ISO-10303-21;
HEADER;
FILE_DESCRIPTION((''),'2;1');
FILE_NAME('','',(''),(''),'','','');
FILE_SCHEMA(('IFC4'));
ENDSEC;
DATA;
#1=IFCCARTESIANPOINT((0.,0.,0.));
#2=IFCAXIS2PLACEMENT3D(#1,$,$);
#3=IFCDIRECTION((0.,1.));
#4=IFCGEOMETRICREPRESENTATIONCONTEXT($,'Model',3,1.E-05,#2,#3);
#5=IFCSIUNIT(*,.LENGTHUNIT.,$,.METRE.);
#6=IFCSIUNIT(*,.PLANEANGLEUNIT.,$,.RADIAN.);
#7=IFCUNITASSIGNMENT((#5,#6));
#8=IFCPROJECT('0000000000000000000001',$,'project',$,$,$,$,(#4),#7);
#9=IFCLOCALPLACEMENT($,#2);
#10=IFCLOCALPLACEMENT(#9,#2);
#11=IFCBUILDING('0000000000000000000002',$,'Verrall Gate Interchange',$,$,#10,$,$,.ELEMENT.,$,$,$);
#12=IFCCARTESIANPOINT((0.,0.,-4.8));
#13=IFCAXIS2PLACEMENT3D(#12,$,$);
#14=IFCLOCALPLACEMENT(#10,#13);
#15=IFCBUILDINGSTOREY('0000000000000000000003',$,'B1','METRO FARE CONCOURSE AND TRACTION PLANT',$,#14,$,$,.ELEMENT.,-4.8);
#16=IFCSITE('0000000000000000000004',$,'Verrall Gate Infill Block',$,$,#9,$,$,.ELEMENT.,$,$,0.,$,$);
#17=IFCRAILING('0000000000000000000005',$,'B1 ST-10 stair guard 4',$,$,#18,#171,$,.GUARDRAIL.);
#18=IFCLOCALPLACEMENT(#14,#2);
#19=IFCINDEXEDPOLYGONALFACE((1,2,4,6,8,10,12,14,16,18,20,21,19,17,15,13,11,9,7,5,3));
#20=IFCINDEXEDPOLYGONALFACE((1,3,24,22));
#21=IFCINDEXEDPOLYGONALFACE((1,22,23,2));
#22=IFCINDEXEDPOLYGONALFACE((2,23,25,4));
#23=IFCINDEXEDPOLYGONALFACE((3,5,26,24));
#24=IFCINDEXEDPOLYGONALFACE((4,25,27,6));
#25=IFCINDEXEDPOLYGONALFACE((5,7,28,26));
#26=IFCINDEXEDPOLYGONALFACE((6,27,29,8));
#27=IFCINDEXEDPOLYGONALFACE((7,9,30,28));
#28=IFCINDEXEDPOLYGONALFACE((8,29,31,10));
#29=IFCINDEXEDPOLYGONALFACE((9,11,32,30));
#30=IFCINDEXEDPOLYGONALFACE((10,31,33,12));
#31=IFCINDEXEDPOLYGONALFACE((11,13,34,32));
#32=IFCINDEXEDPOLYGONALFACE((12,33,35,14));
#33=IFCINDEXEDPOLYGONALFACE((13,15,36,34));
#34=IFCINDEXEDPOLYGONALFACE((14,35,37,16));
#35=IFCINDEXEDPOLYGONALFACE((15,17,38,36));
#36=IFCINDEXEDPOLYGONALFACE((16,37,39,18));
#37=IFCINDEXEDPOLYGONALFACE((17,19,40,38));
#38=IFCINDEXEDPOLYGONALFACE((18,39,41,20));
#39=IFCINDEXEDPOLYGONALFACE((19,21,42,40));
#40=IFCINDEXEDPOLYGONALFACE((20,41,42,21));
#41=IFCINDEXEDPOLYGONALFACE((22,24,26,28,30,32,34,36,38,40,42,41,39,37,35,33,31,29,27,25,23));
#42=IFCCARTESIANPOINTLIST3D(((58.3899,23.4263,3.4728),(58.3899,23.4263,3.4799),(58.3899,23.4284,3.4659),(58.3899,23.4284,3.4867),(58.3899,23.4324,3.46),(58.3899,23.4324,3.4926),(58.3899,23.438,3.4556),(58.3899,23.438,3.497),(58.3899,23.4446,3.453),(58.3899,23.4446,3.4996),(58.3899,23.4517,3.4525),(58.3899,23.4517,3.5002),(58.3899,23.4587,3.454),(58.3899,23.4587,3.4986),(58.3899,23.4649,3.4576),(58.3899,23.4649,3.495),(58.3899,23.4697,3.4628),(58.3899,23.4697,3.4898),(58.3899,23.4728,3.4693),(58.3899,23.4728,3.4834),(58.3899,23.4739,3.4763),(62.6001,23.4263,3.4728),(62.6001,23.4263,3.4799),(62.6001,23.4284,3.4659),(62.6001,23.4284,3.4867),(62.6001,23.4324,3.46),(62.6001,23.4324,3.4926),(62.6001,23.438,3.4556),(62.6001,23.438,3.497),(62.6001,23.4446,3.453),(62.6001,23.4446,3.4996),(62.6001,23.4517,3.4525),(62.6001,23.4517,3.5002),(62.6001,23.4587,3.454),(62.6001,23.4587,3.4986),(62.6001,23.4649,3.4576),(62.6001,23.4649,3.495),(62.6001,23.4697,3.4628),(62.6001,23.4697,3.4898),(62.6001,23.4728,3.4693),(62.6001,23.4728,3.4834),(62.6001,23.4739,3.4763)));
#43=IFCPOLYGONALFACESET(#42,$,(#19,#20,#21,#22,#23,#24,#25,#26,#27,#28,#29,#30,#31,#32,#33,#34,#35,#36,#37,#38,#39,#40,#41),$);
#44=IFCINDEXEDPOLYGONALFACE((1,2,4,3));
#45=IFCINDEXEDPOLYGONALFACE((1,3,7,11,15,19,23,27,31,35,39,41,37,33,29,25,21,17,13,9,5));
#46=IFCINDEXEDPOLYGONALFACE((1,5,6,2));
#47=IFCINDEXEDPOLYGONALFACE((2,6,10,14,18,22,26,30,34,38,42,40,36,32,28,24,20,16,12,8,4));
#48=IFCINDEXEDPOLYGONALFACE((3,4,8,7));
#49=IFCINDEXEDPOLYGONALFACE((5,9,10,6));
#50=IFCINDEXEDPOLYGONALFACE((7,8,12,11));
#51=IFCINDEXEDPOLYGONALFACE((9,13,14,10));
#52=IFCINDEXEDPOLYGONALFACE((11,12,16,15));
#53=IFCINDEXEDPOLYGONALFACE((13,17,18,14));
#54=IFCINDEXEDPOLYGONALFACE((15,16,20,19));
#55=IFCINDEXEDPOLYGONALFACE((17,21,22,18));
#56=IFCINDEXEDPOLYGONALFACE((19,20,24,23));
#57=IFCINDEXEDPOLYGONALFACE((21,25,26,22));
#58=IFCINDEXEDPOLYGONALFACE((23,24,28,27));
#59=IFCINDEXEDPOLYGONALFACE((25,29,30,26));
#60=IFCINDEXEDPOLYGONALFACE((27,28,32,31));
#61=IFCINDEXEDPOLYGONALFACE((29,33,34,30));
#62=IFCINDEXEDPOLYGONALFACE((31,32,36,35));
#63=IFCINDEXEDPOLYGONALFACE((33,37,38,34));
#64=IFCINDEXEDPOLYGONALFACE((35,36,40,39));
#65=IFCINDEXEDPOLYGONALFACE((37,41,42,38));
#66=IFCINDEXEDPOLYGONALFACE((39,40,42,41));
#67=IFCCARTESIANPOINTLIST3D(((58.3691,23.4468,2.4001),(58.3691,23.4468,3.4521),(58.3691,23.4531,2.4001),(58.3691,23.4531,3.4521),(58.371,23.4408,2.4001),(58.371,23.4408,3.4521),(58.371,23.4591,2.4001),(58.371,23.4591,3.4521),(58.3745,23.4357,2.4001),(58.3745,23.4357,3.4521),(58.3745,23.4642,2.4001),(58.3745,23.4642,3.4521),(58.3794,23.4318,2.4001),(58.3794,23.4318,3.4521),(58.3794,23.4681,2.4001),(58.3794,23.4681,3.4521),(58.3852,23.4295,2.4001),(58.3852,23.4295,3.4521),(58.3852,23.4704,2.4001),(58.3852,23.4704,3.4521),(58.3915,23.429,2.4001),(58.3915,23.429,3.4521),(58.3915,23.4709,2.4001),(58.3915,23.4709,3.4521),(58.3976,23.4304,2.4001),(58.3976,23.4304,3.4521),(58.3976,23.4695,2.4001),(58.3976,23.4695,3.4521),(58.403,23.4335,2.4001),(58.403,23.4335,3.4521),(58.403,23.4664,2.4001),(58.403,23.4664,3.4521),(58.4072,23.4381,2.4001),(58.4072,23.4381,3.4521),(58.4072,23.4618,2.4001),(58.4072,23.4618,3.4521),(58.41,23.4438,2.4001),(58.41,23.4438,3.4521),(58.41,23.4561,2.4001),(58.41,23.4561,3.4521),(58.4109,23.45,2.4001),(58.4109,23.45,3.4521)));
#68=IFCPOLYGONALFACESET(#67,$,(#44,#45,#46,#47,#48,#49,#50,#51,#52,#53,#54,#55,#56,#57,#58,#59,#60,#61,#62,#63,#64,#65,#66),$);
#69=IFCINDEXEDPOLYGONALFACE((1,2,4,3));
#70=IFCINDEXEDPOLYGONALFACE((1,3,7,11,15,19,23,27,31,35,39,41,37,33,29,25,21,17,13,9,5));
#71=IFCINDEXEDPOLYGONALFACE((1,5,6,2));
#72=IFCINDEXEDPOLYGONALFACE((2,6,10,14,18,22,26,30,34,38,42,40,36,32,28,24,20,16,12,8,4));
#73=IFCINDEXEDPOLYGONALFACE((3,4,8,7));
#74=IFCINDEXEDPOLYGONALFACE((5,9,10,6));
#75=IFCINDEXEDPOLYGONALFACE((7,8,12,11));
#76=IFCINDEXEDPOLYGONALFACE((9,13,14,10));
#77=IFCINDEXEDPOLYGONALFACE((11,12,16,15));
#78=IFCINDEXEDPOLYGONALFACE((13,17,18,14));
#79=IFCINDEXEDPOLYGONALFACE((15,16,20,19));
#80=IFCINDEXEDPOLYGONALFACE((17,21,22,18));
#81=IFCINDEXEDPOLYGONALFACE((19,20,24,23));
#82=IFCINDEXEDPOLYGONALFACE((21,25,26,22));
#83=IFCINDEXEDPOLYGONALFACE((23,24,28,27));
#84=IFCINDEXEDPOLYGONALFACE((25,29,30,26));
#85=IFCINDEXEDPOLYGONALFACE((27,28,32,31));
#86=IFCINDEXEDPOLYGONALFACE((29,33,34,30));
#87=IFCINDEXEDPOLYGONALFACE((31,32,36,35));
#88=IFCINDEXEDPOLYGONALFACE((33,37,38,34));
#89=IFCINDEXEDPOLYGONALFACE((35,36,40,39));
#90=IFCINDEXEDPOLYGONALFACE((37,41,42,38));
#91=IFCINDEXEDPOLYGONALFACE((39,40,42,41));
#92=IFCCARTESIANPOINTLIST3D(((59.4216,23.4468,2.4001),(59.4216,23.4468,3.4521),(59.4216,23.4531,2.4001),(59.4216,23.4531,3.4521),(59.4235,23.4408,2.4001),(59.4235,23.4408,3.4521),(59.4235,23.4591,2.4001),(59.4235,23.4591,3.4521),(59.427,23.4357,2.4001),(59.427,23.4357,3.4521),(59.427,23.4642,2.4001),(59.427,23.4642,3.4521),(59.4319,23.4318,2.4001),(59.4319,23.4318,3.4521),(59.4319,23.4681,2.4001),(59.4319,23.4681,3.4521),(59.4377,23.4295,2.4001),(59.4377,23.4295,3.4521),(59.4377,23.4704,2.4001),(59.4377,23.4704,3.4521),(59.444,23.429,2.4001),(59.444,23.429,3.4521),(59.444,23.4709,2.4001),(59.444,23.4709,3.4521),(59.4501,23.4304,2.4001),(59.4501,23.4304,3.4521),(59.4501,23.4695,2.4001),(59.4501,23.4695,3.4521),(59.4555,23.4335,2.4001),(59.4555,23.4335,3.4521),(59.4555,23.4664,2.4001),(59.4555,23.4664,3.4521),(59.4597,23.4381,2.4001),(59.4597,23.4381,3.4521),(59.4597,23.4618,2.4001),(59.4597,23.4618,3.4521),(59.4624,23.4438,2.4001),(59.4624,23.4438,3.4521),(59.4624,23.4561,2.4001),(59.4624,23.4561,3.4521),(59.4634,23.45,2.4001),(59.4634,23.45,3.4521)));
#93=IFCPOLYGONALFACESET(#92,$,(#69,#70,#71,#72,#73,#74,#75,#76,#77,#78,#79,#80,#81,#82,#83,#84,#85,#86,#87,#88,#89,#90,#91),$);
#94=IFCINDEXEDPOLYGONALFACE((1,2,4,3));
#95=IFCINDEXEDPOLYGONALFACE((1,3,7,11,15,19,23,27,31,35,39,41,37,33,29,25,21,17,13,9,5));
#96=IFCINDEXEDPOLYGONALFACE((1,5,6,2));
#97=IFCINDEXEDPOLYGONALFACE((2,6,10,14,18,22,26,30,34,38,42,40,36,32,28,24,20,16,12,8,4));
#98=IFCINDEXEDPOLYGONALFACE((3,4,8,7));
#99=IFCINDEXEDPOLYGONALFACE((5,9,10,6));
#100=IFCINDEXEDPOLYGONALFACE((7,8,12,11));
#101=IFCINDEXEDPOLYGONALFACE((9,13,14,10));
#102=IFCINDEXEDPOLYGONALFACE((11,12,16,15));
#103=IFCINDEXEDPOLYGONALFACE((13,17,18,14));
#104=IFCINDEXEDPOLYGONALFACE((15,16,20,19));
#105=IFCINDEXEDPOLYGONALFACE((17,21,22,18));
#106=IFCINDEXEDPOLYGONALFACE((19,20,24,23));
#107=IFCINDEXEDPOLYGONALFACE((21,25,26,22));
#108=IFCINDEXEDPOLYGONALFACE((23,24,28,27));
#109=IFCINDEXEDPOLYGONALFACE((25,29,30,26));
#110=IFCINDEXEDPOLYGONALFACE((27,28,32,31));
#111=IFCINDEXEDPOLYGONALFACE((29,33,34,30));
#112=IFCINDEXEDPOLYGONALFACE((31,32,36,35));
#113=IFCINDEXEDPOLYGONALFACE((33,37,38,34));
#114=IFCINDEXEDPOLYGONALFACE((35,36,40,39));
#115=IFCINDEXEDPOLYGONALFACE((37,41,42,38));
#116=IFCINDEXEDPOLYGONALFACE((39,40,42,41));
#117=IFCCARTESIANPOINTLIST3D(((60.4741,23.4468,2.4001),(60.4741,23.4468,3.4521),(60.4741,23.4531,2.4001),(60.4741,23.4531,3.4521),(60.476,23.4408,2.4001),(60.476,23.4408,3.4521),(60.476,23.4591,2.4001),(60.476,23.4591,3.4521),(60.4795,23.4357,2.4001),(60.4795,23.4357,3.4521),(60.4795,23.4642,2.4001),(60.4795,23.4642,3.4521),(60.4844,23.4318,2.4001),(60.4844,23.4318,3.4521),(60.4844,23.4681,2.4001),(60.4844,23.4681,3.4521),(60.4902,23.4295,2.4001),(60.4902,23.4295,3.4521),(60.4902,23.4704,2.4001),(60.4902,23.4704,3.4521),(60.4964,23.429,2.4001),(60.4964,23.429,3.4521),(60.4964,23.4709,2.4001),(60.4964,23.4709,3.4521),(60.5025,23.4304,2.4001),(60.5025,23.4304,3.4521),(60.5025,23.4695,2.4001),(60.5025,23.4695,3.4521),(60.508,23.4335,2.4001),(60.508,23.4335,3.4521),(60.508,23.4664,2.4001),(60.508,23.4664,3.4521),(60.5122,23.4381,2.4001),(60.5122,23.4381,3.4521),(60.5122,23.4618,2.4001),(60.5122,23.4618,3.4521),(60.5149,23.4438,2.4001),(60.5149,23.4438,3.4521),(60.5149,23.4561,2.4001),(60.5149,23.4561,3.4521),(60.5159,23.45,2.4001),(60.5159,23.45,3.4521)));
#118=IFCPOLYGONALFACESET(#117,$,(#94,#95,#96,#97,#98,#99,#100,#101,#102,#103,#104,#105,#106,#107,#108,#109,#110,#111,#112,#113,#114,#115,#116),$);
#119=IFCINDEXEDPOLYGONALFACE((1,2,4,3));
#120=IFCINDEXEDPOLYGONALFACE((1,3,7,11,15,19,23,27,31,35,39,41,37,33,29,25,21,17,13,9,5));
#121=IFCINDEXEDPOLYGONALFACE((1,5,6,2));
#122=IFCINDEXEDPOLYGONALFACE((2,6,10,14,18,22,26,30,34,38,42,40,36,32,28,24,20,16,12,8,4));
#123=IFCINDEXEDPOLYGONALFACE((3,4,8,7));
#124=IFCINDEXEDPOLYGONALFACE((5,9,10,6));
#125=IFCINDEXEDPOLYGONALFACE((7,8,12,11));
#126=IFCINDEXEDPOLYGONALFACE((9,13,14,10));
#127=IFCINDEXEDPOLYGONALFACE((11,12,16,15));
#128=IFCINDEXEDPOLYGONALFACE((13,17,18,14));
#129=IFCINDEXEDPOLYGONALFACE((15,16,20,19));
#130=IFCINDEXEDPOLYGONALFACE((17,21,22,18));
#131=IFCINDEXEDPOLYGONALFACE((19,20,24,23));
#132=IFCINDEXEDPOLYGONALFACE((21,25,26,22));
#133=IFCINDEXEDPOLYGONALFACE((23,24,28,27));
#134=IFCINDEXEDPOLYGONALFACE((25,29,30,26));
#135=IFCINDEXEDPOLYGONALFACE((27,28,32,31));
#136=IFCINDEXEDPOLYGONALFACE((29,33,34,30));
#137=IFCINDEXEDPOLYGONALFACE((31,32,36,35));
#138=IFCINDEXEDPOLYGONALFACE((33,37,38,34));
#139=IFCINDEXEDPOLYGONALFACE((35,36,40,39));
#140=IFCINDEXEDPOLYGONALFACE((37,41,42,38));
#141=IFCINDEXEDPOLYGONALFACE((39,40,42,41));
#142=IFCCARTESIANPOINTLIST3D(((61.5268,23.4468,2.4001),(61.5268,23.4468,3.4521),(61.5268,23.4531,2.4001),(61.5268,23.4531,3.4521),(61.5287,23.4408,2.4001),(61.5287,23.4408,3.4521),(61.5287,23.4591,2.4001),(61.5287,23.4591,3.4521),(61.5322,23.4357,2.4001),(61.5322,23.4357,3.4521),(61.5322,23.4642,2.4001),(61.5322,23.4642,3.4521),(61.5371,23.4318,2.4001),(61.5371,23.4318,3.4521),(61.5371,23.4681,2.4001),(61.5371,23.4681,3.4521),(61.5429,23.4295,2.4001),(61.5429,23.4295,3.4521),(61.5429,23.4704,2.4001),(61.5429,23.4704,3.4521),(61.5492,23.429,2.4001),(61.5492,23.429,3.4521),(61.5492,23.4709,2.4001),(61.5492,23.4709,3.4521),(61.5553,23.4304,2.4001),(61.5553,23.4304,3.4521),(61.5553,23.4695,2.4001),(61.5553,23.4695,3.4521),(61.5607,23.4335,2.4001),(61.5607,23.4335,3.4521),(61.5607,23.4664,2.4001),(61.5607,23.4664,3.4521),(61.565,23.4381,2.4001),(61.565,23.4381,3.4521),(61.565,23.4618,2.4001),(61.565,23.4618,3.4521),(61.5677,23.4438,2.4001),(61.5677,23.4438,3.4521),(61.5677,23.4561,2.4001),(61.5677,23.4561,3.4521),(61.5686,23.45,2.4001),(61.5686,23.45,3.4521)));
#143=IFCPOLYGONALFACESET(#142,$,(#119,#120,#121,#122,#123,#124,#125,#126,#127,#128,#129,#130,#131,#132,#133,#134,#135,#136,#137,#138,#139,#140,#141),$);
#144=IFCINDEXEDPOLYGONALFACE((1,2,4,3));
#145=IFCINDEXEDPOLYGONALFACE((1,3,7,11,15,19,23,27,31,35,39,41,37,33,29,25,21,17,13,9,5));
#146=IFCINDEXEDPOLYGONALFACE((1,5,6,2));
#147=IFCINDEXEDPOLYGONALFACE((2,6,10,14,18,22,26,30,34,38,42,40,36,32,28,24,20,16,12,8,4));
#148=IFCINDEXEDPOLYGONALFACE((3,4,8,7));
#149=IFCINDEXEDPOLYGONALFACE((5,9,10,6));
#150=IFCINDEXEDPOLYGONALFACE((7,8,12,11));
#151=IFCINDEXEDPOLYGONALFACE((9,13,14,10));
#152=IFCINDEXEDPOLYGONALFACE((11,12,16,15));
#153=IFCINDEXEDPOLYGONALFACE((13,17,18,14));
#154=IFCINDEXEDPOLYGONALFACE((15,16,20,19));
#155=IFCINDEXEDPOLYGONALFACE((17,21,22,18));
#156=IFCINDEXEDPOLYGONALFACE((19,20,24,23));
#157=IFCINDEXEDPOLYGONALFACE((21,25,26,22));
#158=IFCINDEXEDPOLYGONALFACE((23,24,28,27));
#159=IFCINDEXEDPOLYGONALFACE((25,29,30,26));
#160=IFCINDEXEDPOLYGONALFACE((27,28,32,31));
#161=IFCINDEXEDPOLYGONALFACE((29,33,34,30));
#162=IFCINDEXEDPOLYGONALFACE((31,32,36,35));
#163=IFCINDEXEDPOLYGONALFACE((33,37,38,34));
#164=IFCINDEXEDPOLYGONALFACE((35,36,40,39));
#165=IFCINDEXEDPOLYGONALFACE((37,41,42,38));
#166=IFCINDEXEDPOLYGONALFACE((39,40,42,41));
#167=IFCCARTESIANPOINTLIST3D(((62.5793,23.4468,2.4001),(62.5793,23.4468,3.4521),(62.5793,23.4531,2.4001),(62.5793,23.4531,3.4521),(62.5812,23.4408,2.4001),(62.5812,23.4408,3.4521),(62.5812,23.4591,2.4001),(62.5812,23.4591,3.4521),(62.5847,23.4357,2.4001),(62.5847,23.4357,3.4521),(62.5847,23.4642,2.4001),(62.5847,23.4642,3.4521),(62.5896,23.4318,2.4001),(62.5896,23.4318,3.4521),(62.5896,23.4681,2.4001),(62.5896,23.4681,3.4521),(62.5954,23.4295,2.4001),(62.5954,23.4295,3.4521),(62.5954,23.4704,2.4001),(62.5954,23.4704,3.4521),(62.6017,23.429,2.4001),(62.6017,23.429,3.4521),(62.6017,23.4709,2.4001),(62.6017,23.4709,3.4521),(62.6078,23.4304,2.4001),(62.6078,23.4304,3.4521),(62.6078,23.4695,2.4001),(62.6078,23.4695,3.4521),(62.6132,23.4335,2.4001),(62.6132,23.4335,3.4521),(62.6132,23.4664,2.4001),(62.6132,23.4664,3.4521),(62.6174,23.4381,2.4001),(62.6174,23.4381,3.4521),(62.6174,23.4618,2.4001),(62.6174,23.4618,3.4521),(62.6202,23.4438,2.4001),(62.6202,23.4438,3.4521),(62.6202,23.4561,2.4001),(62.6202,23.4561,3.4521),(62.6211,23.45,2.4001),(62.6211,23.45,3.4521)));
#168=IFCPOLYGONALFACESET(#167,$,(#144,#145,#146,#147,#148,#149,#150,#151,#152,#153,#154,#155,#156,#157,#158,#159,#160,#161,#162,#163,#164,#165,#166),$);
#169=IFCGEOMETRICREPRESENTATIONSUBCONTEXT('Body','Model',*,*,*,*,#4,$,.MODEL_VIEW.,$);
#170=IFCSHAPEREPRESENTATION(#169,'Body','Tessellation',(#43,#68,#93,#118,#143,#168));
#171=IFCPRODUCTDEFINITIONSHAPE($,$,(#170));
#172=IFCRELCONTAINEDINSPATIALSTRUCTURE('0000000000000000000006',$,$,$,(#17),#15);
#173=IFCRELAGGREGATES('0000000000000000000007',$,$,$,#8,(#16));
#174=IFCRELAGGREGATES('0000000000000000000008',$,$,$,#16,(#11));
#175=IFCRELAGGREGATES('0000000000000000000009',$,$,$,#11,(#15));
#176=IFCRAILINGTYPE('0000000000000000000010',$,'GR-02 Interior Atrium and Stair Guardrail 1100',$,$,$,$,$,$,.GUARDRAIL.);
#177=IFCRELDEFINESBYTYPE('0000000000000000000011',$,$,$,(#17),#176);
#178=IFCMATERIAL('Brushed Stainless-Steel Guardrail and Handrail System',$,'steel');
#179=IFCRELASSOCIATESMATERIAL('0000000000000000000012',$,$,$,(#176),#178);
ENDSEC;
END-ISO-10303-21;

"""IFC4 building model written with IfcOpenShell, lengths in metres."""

from ifc_helpers import new_model, si_unit, direction, frame, origin, origin_2d, place, context, subcontext, project, spatial, circle, extrude, material, type_object, element, save


model = new_model("IFC4")

# Units and contexts
model_context = context("Model", 3, precision=1e-05, world=origin(), true_north=direction((0.0, 1.0)))
body_context = subcontext(model_context, "Body", "Model", "MODEL_VIEW")
ifc_project = project(units=[si_unit("LENGTHUNIT", "METRE"), si_unit("PLANEANGLEUNIT", "RADIAN")], contexts=[model_context])

# Site, building, storey
site_placement = place(None, origin())
site = spatial("IfcSite", under=ifc_project, at=site_placement, Name="Verrall Gate Infill Block", CompositionType="ELEMENT", RefElevation=0.0)
building_placement = place(site_placement, origin())
building = spatial("IfcBuilding", under=site, at=building_placement, Name="Verrall Gate Interchange", CompositionType="ELEMENT")
storey_placement = place(building_placement, frame((0.0, 0.0, -4.8)))
storey = spatial("IfcBuildingStorey", under=building, at=storey_placement, Name="B1", Description="METRO FARE CONCOURSE AND TRACTION PLANT", CompositionType="ELEMENT", Elevation=-4.8)

# Railing
ifc_material_1 = material(Name="Brushed Stainless-Steel Guardrail and Handrail System", Category="steel")
railing_type_1 = type_object("IfcRailingType", Name="GR-02 Interior Atrium and Stair Guardrail 1100", PredefinedType="GUARDRAIL", material=ifc_material_1)
for number, where, name in (
    (1, (58.3899, 23.45, 2.4001), "B1 ST-10 stair guard 4"),
):
    element("IfcRailing", number, at=place(storey_placement, frame(where)), inside=storey, type_object=railing_type_1, Name=name, PredefinedType="GUARDRAIL", context=body_context, shape_type="SweptSolid", body=[
        extrude(circle(Radius=0.0239, at=origin_2d()), frame((0.0, 0.0, 1.0762), z_axis=(1.0, 0.0, 0.0), x_axis=(0.0, 1.0, 0.0)), (0.0, 0.0, 1.0), 4.2102),
        extrude(circle(Radius=0.021, at=origin_2d()), origin(), (0.0, 0.0, 1.0), 1.052),
        extrude(circle(Radius=0.021, at=origin_2d()), frame((1.0525, 0.0, 0.0)), (0.0, 0.0, 1.0), 1.052),
        extrude(circle(Radius=0.021, at=origin_2d()), frame((2.105, 0.0, 0.0)), (0.0, 0.0, 1.0), 1.052),
        extrude(circle(Radius=0.021, at=origin_2d()), frame((3.1577, 0.0, 0.0)), (0.0, 0.0, 1.0), 1.052),
        extrude(circle(Radius=0.021, at=origin_2d()), frame((4.2102, 0.0, 0.0)), (0.0, 0.0, 1.0), 1.052),
    ])

save(model, "model.ifc")
